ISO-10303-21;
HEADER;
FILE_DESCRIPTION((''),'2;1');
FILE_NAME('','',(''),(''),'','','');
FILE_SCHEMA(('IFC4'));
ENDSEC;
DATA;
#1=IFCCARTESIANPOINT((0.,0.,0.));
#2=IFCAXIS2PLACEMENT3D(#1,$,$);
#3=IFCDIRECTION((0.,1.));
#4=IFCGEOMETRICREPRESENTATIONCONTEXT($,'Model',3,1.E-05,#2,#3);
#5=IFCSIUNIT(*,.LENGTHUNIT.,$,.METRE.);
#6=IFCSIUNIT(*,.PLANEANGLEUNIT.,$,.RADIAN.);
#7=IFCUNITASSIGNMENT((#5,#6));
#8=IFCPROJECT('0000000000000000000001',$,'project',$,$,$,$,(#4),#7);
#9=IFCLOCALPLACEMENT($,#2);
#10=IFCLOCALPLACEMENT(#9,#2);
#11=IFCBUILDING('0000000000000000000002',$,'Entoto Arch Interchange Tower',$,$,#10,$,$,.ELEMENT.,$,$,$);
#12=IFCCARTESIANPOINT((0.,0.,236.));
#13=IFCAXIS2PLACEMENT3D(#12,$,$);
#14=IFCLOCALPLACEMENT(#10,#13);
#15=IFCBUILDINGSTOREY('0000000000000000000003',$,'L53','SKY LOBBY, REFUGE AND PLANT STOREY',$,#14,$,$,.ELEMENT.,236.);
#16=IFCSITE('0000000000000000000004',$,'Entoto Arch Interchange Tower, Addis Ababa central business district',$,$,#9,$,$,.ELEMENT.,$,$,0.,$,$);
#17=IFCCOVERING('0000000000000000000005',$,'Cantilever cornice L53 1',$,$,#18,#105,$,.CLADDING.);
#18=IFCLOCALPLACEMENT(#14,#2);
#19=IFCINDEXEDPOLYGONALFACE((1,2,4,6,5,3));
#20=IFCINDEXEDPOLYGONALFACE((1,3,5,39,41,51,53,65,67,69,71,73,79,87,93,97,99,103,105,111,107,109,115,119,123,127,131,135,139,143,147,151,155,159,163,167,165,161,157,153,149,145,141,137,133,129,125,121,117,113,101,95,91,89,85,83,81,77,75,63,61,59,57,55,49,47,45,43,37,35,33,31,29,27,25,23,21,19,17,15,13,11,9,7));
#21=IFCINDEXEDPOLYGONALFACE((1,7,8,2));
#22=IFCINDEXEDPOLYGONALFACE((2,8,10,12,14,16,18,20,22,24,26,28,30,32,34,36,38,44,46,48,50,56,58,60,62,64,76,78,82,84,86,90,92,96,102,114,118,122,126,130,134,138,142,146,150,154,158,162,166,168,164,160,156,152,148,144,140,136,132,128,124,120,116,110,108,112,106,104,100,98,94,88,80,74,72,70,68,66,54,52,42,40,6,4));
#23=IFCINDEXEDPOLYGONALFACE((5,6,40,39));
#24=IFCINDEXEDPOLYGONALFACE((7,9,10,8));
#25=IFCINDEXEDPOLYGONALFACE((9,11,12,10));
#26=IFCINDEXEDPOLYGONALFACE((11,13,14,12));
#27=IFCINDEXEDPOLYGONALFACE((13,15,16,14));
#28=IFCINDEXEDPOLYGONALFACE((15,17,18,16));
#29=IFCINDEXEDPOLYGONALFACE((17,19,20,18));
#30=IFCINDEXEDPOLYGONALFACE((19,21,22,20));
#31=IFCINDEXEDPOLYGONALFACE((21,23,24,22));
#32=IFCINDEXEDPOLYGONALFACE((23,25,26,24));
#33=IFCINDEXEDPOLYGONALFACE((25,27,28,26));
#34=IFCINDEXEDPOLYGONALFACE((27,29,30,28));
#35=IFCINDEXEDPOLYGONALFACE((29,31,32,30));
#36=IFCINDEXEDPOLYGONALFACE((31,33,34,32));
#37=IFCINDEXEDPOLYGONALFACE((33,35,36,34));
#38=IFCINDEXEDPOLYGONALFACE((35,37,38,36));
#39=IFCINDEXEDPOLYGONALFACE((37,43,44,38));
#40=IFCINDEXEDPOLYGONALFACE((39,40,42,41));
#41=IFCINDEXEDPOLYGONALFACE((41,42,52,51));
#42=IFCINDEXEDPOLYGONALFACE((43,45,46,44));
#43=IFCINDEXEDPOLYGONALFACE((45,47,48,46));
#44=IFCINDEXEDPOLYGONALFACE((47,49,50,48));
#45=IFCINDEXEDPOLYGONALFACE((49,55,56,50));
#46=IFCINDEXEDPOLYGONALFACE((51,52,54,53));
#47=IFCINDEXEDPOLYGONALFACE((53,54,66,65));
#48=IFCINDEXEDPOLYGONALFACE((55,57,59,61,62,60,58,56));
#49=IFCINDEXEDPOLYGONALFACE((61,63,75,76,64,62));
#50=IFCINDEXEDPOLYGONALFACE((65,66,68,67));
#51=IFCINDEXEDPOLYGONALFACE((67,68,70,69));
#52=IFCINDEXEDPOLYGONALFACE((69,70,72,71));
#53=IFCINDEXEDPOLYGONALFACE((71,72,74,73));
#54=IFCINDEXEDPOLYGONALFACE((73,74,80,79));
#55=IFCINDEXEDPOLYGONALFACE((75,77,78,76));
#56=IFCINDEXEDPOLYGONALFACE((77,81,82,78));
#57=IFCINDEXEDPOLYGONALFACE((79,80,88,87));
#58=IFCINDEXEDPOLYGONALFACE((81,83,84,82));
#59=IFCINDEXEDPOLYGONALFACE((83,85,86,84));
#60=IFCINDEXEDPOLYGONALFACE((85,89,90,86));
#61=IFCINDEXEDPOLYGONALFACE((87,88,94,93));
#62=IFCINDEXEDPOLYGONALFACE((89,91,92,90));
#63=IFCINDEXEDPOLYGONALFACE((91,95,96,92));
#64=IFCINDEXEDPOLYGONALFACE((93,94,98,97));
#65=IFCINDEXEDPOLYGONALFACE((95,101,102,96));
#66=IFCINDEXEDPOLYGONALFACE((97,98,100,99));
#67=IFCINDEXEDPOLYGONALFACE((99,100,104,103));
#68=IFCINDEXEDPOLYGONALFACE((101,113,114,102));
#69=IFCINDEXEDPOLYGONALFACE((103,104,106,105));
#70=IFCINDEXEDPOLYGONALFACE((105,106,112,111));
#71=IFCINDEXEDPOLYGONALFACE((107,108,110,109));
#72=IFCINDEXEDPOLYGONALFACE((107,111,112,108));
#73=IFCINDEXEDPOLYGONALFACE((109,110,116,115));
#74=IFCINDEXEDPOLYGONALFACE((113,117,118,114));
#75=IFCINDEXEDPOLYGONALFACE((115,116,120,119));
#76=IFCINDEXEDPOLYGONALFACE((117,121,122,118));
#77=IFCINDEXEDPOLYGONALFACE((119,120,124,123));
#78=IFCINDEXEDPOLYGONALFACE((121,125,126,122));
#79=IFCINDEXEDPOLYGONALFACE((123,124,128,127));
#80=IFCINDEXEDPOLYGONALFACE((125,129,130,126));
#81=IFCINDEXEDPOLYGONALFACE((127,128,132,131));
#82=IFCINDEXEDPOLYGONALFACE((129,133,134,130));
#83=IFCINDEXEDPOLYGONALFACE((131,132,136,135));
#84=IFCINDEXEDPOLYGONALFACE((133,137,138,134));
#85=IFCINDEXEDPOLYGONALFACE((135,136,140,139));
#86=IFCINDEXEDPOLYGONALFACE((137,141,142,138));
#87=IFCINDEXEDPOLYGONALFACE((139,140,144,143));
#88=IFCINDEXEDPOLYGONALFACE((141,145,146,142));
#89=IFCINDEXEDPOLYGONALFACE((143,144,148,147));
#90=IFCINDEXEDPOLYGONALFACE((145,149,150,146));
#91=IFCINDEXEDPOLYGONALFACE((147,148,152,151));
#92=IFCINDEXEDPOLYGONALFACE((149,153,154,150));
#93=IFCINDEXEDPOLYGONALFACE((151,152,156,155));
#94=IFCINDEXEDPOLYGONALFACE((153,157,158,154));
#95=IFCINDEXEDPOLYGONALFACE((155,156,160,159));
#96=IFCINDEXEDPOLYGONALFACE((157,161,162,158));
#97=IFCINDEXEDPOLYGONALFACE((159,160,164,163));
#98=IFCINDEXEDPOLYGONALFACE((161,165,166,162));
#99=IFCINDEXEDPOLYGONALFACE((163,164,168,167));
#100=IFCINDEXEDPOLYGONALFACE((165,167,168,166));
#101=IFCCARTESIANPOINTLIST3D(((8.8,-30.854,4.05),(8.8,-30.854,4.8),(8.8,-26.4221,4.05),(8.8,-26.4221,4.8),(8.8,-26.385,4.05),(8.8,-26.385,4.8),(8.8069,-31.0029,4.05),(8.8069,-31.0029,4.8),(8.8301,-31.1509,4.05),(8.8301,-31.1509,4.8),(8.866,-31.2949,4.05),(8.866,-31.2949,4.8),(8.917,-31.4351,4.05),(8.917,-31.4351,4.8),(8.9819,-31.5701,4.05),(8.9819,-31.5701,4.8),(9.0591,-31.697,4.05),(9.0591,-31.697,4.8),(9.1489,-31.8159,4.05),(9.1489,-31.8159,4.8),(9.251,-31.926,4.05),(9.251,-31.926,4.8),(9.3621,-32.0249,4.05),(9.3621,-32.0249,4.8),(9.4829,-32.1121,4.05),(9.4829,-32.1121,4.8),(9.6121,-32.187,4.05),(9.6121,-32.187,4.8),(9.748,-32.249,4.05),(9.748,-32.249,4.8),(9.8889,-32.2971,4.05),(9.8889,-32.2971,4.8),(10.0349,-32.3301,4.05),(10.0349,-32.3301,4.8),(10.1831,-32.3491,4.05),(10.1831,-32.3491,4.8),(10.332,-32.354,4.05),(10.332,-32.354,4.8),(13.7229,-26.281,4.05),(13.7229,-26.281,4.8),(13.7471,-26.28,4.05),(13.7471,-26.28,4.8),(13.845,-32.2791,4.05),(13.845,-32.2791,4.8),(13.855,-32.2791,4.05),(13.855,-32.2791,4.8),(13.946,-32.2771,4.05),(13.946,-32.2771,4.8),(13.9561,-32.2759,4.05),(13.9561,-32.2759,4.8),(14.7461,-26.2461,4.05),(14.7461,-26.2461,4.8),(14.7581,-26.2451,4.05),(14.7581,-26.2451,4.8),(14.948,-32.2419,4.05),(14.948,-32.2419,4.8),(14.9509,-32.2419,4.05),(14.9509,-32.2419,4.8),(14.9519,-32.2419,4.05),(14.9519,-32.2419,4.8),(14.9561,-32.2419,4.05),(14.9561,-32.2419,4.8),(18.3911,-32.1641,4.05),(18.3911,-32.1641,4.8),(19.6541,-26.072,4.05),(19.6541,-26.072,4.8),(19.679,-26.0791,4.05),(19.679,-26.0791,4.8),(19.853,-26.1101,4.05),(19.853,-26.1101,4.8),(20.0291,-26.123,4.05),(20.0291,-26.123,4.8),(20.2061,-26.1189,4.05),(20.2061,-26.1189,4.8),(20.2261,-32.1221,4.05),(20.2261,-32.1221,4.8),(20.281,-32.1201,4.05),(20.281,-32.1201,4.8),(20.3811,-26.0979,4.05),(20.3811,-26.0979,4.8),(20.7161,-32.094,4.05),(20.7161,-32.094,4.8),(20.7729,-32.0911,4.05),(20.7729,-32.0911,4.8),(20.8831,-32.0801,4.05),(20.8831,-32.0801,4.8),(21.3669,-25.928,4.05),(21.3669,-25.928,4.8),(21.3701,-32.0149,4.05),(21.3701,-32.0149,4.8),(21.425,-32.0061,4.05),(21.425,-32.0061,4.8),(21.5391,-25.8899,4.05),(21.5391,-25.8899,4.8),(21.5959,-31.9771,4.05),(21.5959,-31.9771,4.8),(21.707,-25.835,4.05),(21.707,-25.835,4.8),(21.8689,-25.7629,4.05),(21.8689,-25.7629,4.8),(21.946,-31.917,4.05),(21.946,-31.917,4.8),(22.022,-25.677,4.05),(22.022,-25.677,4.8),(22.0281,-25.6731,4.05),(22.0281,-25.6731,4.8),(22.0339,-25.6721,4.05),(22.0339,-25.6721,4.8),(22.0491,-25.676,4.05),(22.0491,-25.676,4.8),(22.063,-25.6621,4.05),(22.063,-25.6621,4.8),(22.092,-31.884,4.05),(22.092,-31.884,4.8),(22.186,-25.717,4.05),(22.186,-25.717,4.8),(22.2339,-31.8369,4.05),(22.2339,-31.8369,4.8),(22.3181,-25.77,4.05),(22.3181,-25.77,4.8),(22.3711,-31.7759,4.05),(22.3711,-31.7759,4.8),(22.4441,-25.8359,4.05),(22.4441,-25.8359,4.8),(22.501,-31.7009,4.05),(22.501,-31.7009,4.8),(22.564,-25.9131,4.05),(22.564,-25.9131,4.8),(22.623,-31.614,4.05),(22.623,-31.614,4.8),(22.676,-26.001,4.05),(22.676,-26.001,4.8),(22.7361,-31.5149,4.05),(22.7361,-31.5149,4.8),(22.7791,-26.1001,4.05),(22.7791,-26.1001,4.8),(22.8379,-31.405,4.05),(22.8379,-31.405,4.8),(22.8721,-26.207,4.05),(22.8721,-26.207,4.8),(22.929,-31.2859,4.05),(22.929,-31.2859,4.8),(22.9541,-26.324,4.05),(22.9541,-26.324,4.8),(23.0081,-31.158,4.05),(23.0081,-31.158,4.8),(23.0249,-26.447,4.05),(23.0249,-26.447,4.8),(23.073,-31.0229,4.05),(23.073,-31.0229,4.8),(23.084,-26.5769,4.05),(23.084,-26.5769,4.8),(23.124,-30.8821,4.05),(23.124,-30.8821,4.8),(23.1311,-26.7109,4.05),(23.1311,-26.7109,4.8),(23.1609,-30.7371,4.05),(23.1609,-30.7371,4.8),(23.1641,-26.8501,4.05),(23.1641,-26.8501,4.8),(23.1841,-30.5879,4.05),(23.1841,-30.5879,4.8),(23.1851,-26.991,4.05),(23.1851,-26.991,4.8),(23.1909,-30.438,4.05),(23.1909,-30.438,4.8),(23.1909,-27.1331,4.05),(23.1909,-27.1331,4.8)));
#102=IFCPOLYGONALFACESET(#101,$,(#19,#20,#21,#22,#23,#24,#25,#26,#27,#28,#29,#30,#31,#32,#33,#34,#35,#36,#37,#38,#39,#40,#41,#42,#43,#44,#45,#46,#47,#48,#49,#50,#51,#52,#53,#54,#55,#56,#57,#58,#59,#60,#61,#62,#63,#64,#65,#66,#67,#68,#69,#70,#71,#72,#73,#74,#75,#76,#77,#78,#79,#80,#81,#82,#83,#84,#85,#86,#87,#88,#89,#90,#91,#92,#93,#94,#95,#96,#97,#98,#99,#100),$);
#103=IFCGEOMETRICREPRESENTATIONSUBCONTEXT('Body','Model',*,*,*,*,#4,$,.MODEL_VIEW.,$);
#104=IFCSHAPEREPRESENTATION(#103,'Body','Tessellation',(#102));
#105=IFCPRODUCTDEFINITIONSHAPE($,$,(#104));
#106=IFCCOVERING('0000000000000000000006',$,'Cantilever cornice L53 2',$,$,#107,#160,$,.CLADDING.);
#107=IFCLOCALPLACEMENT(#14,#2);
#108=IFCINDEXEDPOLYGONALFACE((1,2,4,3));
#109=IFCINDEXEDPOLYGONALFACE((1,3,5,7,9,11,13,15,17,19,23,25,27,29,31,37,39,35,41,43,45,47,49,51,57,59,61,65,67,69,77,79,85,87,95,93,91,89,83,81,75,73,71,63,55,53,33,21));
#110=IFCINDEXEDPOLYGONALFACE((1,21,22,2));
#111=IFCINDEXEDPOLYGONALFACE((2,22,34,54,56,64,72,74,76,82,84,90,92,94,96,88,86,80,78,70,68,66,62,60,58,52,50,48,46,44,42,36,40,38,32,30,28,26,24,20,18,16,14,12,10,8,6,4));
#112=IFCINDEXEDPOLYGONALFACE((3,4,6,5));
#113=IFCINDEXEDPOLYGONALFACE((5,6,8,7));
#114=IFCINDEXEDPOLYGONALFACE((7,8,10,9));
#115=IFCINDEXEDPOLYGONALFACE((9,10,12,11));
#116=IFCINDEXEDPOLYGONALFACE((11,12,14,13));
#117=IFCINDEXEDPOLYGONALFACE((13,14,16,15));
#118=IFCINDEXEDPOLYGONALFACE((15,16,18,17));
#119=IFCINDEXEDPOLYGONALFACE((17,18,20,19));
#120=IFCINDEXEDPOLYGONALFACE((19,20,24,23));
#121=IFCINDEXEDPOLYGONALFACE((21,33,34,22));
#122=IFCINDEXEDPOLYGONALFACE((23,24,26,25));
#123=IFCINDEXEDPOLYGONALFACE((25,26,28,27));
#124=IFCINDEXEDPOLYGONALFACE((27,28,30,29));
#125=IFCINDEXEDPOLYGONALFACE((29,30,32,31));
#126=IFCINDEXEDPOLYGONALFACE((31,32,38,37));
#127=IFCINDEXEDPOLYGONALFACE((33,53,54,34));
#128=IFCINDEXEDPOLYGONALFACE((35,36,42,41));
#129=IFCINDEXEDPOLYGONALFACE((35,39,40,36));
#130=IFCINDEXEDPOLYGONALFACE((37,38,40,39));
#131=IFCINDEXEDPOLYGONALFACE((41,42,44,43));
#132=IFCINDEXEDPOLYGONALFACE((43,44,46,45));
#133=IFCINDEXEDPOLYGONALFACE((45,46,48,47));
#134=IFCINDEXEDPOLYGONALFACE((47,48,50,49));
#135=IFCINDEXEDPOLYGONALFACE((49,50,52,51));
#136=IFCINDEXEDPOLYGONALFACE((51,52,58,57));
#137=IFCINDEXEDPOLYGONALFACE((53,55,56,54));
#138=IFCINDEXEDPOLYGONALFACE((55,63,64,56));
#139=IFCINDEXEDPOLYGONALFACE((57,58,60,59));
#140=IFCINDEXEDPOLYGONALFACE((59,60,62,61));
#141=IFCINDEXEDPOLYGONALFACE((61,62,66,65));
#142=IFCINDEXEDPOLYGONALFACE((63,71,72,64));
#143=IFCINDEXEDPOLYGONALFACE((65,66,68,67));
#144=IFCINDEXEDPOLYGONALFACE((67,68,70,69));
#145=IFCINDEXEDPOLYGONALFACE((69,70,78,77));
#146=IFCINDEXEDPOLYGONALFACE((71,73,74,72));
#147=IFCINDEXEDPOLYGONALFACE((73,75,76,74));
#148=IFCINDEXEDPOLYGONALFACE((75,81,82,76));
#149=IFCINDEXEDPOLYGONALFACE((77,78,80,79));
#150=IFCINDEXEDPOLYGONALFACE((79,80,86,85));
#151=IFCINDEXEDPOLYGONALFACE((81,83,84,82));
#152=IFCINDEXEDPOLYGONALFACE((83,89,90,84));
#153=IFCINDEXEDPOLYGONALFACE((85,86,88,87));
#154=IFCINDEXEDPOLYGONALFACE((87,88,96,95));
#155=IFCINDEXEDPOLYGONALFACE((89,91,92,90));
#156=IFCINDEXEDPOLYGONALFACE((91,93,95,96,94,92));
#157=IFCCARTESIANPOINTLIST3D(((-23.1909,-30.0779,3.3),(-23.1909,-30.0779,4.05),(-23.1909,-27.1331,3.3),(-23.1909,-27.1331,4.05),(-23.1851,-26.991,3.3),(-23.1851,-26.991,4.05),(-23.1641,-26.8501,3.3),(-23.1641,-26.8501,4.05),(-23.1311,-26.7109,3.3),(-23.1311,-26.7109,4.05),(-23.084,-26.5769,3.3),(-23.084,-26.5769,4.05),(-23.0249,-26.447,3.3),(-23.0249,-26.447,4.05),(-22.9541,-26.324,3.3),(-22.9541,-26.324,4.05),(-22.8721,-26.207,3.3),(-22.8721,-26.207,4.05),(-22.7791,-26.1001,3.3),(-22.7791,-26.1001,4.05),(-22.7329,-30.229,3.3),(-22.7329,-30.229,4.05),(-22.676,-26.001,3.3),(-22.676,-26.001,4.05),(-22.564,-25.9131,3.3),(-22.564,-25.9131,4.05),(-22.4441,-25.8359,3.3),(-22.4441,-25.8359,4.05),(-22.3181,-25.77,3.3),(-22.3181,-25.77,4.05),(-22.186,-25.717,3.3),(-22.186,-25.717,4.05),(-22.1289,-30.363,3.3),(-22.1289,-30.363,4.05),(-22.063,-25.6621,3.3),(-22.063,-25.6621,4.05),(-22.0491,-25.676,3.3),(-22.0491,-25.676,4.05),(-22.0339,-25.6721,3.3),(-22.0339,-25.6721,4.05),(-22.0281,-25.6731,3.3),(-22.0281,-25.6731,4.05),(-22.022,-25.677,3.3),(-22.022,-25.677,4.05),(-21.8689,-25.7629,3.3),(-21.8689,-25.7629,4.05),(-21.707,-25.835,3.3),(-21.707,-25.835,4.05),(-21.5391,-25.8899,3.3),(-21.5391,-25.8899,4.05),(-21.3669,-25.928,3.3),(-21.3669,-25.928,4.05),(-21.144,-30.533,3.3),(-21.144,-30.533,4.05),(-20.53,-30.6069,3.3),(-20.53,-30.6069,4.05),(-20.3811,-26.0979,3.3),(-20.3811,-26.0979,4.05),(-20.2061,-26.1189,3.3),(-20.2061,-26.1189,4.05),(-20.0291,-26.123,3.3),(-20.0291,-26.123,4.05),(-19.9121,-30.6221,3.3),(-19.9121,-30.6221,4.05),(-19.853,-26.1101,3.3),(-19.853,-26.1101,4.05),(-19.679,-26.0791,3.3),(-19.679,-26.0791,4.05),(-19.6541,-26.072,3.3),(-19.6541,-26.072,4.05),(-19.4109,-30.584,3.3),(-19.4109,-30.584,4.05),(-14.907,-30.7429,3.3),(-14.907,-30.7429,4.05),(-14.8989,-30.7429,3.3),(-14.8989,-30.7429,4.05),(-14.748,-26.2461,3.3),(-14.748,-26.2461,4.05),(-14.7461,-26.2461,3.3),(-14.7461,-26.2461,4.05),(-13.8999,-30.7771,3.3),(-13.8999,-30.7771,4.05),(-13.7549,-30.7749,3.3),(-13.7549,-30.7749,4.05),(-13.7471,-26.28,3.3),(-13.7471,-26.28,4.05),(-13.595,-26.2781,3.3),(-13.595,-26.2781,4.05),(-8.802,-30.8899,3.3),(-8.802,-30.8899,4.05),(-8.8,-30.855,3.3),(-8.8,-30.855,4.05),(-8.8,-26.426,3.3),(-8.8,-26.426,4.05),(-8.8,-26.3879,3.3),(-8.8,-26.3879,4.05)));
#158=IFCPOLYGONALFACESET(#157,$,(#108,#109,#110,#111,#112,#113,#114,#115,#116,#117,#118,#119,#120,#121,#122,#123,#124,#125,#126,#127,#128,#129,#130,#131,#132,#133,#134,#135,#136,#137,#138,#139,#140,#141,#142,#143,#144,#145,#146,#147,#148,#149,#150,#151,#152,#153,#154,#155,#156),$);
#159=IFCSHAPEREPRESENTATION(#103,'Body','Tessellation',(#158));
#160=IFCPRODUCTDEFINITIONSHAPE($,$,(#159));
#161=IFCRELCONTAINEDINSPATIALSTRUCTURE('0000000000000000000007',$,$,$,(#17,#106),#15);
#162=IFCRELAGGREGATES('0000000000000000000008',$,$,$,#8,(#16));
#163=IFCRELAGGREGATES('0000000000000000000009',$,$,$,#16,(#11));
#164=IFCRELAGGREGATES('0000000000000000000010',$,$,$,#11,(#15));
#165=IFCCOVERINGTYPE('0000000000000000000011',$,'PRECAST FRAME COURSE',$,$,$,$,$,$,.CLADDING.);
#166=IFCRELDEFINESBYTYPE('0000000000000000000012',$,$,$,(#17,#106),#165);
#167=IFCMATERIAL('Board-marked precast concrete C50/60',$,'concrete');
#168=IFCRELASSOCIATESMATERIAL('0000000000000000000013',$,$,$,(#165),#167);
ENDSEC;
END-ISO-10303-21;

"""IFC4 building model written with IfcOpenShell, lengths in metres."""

from ifc_helpers import new_model, si_unit, direction, frame, origin, place, context, subcontext, project, spatial, polyline, outline, extrude, material, type_object, element, save


model = new_model("IFC4")

# Units and contexts
model_context = context("Model", 3, precision=1e-05, world=origin(), true_north=direction((0.0, 1.0)))
body_context = subcontext(model_context, "Body", "Model", "MODEL_VIEW")
ifc_project = project(units=[si_unit("LENGTHUNIT", "METRE"), si_unit("PLANEANGLEUNIT", "RADIAN")], contexts=[model_context])

# Site, building, storey
site_placement = place(None, origin())
site = spatial("IfcSite", under=ifc_project, at=site_placement, Name="Entoto Arch Interchange Tower, Addis Ababa central business district", CompositionType="ELEMENT", RefElevation=0.0)
building_placement = place(site_placement, origin())
building = spatial("IfcBuilding", under=site, at=building_placement, Name="Entoto Arch Interchange Tower", CompositionType="ELEMENT")
storey_placement = place(building_placement, frame((0.0, 0.0, 236.0)))
storey = spatial("IfcBuildingStorey", under=building, at=storey_placement, Name="L53", Description="SKY LOBBY, REFUGE AND PLANT STOREY", CompositionType="ELEMENT", Elevation=236.0)

# Coverings
ifc_material = material(Name="Board-marked precast concrete C50/60", Category="concrete")
covering_type_1 = type_object("IfcCoveringType", Name="PRECAST FRAME COURSE", PredefinedType="CLADDING", material=ifc_material)
covering_1_placement = place(storey_placement, frame((0.0, 0.0, 4.05)))
element("IfcCovering", 1, at=covering_1_placement, inside=storey, type_object=covering_type_1, Name="Cantilever cornice L53 1", PredefinedType="CLADDING", context=body_context, shape_type="SweptSolid", body=[
    extrude(outline(polyline([(22.3181, -25.77), (22.4441, -25.8359), (22.564, -25.9131), (22.676, -26.001), (22.7791, -26.1001), (22.8721, -26.207), (22.9541, -26.324), (23.0249, -26.447), (23.084, -26.5769), (23.1311, -26.7109), (23.1641, -26.8501), (23.1851, -26.991), (23.1909, -27.1331), (23.1909, -30.438), (23.1841, -30.5879), (23.1609, -30.7371), (23.124, -30.8821), (23.073, -31.0229), (23.0081, -31.158), (22.929, -31.2859), (22.8379, -31.405), (22.7361, -31.5149), (22.623, -31.614), (22.501, -31.7009), (22.3711, -31.7759), (22.2339, -31.8369), (22.092, -31.884), (21.946, -31.917), (21.5959, -31.9771), (21.425, -32.0061), (21.3701, -32.0149), (20.8831, -32.0801), (20.7729, -32.0911), (20.7161, -32.094), (20.281, -32.1201), (20.2261, -32.1221), (18.3911, -32.1641), (14.9561, -32.2419), (14.9519, -32.2419), (14.9509, -32.2419), (14.948, -32.2419), (13.9561, -32.2759), (13.946, -32.2771), (13.855, -32.2791), (13.845, -32.2791), (10.332, -32.354), (10.1831, -32.3491), (10.0349, -32.3301), (9.8889, -32.2971), (9.748, -32.249), (9.6121, -32.187), (9.4829, -32.1121), (9.3621, -32.0249), (9.251, -31.926), (9.1489, -31.8159), (9.0591, -31.697), (8.9819, -31.5701), (8.917, -31.4351), (8.866, -31.2949), (8.8301, -31.1509), (8.8069, -31.0029), (8.8, -30.854), (8.8, -26.4221), (8.8, -26.385), (13.7229, -26.281), (13.7471, -26.28), (14.7461, -26.2461), (14.7581, -26.2451), (19.6541, -26.072), (19.679, -26.0791), (19.853, -26.1101), (20.0291, -26.123), (20.2061, -26.1189), (20.3811, -26.0979), (21.3669, -25.928), (21.5391, -25.8899), (21.707, -25.835), (21.8689, -25.7629), (22.022, -25.677), (22.0281, -25.6731), (22.063, -25.6621), (22.0339, -25.6721), (22.0491, -25.676), (22.186, -25.717), (22.3181, -25.77)])), origin(), (0.0, 0.0, 1.0), 0.75),
])
covering_2_placement = place(storey_placement, frame((0.0, 0.0, 3.3)))
element("IfcCovering", 2, at=covering_2_placement, inside=storey, type_object=covering_type_1, Name="Cantilever cornice L53 2", PredefinedType="CLADDING", context=body_context, shape_type="SweptSolid", body=[
    extrude(outline(polyline([(-13.7549, -30.7749), (-13.8999, -30.7771), (-14.8989, -30.7429), (-14.907, -30.7429), (-19.4109, -30.584), (-19.9121, -30.6221), (-20.53, -30.6069), (-21.144, -30.533), (-22.1289, -30.363), (-22.7329, -30.229), (-23.1909, -30.0779), (-23.1909, -27.1331), (-23.1851, -26.991), (-23.1641, -26.8501), (-23.1311, -26.7109), (-23.084, -26.5769), (-23.0249, -26.447), (-22.9541, -26.324), (-22.8721, -26.207), (-22.7791, -26.1001), (-22.676, -26.001), (-22.564, -25.9131), (-22.4441, -25.8359), (-22.3181, -25.77), (-22.186, -25.717), (-22.0491, -25.676), (-22.0339, -25.6721), (-22.063, -25.6621), (-22.0281, -25.6731), (-22.022, -25.677), (-21.8689, -25.7629), (-21.707, -25.835), (-21.5391, -25.8899), (-21.3669, -25.928), (-20.3811, -26.0979), (-20.2061, -26.1189), (-20.0291, -26.123), (-19.853, -26.1101), (-19.679, -26.0791), (-19.6541, -26.072), (-14.748, -26.2461), (-14.7461, -26.2461), (-13.7471, -26.28), (-13.595, -26.2781), (-8.8, -26.3879), (-8.8, -26.426), (-8.8, -30.855), (-8.802, -30.8899), (-13.7549, -30.7749)])), origin(), (0.0, 0.0, 1.0), 0.75),
])

save(model, "model.ifc")
